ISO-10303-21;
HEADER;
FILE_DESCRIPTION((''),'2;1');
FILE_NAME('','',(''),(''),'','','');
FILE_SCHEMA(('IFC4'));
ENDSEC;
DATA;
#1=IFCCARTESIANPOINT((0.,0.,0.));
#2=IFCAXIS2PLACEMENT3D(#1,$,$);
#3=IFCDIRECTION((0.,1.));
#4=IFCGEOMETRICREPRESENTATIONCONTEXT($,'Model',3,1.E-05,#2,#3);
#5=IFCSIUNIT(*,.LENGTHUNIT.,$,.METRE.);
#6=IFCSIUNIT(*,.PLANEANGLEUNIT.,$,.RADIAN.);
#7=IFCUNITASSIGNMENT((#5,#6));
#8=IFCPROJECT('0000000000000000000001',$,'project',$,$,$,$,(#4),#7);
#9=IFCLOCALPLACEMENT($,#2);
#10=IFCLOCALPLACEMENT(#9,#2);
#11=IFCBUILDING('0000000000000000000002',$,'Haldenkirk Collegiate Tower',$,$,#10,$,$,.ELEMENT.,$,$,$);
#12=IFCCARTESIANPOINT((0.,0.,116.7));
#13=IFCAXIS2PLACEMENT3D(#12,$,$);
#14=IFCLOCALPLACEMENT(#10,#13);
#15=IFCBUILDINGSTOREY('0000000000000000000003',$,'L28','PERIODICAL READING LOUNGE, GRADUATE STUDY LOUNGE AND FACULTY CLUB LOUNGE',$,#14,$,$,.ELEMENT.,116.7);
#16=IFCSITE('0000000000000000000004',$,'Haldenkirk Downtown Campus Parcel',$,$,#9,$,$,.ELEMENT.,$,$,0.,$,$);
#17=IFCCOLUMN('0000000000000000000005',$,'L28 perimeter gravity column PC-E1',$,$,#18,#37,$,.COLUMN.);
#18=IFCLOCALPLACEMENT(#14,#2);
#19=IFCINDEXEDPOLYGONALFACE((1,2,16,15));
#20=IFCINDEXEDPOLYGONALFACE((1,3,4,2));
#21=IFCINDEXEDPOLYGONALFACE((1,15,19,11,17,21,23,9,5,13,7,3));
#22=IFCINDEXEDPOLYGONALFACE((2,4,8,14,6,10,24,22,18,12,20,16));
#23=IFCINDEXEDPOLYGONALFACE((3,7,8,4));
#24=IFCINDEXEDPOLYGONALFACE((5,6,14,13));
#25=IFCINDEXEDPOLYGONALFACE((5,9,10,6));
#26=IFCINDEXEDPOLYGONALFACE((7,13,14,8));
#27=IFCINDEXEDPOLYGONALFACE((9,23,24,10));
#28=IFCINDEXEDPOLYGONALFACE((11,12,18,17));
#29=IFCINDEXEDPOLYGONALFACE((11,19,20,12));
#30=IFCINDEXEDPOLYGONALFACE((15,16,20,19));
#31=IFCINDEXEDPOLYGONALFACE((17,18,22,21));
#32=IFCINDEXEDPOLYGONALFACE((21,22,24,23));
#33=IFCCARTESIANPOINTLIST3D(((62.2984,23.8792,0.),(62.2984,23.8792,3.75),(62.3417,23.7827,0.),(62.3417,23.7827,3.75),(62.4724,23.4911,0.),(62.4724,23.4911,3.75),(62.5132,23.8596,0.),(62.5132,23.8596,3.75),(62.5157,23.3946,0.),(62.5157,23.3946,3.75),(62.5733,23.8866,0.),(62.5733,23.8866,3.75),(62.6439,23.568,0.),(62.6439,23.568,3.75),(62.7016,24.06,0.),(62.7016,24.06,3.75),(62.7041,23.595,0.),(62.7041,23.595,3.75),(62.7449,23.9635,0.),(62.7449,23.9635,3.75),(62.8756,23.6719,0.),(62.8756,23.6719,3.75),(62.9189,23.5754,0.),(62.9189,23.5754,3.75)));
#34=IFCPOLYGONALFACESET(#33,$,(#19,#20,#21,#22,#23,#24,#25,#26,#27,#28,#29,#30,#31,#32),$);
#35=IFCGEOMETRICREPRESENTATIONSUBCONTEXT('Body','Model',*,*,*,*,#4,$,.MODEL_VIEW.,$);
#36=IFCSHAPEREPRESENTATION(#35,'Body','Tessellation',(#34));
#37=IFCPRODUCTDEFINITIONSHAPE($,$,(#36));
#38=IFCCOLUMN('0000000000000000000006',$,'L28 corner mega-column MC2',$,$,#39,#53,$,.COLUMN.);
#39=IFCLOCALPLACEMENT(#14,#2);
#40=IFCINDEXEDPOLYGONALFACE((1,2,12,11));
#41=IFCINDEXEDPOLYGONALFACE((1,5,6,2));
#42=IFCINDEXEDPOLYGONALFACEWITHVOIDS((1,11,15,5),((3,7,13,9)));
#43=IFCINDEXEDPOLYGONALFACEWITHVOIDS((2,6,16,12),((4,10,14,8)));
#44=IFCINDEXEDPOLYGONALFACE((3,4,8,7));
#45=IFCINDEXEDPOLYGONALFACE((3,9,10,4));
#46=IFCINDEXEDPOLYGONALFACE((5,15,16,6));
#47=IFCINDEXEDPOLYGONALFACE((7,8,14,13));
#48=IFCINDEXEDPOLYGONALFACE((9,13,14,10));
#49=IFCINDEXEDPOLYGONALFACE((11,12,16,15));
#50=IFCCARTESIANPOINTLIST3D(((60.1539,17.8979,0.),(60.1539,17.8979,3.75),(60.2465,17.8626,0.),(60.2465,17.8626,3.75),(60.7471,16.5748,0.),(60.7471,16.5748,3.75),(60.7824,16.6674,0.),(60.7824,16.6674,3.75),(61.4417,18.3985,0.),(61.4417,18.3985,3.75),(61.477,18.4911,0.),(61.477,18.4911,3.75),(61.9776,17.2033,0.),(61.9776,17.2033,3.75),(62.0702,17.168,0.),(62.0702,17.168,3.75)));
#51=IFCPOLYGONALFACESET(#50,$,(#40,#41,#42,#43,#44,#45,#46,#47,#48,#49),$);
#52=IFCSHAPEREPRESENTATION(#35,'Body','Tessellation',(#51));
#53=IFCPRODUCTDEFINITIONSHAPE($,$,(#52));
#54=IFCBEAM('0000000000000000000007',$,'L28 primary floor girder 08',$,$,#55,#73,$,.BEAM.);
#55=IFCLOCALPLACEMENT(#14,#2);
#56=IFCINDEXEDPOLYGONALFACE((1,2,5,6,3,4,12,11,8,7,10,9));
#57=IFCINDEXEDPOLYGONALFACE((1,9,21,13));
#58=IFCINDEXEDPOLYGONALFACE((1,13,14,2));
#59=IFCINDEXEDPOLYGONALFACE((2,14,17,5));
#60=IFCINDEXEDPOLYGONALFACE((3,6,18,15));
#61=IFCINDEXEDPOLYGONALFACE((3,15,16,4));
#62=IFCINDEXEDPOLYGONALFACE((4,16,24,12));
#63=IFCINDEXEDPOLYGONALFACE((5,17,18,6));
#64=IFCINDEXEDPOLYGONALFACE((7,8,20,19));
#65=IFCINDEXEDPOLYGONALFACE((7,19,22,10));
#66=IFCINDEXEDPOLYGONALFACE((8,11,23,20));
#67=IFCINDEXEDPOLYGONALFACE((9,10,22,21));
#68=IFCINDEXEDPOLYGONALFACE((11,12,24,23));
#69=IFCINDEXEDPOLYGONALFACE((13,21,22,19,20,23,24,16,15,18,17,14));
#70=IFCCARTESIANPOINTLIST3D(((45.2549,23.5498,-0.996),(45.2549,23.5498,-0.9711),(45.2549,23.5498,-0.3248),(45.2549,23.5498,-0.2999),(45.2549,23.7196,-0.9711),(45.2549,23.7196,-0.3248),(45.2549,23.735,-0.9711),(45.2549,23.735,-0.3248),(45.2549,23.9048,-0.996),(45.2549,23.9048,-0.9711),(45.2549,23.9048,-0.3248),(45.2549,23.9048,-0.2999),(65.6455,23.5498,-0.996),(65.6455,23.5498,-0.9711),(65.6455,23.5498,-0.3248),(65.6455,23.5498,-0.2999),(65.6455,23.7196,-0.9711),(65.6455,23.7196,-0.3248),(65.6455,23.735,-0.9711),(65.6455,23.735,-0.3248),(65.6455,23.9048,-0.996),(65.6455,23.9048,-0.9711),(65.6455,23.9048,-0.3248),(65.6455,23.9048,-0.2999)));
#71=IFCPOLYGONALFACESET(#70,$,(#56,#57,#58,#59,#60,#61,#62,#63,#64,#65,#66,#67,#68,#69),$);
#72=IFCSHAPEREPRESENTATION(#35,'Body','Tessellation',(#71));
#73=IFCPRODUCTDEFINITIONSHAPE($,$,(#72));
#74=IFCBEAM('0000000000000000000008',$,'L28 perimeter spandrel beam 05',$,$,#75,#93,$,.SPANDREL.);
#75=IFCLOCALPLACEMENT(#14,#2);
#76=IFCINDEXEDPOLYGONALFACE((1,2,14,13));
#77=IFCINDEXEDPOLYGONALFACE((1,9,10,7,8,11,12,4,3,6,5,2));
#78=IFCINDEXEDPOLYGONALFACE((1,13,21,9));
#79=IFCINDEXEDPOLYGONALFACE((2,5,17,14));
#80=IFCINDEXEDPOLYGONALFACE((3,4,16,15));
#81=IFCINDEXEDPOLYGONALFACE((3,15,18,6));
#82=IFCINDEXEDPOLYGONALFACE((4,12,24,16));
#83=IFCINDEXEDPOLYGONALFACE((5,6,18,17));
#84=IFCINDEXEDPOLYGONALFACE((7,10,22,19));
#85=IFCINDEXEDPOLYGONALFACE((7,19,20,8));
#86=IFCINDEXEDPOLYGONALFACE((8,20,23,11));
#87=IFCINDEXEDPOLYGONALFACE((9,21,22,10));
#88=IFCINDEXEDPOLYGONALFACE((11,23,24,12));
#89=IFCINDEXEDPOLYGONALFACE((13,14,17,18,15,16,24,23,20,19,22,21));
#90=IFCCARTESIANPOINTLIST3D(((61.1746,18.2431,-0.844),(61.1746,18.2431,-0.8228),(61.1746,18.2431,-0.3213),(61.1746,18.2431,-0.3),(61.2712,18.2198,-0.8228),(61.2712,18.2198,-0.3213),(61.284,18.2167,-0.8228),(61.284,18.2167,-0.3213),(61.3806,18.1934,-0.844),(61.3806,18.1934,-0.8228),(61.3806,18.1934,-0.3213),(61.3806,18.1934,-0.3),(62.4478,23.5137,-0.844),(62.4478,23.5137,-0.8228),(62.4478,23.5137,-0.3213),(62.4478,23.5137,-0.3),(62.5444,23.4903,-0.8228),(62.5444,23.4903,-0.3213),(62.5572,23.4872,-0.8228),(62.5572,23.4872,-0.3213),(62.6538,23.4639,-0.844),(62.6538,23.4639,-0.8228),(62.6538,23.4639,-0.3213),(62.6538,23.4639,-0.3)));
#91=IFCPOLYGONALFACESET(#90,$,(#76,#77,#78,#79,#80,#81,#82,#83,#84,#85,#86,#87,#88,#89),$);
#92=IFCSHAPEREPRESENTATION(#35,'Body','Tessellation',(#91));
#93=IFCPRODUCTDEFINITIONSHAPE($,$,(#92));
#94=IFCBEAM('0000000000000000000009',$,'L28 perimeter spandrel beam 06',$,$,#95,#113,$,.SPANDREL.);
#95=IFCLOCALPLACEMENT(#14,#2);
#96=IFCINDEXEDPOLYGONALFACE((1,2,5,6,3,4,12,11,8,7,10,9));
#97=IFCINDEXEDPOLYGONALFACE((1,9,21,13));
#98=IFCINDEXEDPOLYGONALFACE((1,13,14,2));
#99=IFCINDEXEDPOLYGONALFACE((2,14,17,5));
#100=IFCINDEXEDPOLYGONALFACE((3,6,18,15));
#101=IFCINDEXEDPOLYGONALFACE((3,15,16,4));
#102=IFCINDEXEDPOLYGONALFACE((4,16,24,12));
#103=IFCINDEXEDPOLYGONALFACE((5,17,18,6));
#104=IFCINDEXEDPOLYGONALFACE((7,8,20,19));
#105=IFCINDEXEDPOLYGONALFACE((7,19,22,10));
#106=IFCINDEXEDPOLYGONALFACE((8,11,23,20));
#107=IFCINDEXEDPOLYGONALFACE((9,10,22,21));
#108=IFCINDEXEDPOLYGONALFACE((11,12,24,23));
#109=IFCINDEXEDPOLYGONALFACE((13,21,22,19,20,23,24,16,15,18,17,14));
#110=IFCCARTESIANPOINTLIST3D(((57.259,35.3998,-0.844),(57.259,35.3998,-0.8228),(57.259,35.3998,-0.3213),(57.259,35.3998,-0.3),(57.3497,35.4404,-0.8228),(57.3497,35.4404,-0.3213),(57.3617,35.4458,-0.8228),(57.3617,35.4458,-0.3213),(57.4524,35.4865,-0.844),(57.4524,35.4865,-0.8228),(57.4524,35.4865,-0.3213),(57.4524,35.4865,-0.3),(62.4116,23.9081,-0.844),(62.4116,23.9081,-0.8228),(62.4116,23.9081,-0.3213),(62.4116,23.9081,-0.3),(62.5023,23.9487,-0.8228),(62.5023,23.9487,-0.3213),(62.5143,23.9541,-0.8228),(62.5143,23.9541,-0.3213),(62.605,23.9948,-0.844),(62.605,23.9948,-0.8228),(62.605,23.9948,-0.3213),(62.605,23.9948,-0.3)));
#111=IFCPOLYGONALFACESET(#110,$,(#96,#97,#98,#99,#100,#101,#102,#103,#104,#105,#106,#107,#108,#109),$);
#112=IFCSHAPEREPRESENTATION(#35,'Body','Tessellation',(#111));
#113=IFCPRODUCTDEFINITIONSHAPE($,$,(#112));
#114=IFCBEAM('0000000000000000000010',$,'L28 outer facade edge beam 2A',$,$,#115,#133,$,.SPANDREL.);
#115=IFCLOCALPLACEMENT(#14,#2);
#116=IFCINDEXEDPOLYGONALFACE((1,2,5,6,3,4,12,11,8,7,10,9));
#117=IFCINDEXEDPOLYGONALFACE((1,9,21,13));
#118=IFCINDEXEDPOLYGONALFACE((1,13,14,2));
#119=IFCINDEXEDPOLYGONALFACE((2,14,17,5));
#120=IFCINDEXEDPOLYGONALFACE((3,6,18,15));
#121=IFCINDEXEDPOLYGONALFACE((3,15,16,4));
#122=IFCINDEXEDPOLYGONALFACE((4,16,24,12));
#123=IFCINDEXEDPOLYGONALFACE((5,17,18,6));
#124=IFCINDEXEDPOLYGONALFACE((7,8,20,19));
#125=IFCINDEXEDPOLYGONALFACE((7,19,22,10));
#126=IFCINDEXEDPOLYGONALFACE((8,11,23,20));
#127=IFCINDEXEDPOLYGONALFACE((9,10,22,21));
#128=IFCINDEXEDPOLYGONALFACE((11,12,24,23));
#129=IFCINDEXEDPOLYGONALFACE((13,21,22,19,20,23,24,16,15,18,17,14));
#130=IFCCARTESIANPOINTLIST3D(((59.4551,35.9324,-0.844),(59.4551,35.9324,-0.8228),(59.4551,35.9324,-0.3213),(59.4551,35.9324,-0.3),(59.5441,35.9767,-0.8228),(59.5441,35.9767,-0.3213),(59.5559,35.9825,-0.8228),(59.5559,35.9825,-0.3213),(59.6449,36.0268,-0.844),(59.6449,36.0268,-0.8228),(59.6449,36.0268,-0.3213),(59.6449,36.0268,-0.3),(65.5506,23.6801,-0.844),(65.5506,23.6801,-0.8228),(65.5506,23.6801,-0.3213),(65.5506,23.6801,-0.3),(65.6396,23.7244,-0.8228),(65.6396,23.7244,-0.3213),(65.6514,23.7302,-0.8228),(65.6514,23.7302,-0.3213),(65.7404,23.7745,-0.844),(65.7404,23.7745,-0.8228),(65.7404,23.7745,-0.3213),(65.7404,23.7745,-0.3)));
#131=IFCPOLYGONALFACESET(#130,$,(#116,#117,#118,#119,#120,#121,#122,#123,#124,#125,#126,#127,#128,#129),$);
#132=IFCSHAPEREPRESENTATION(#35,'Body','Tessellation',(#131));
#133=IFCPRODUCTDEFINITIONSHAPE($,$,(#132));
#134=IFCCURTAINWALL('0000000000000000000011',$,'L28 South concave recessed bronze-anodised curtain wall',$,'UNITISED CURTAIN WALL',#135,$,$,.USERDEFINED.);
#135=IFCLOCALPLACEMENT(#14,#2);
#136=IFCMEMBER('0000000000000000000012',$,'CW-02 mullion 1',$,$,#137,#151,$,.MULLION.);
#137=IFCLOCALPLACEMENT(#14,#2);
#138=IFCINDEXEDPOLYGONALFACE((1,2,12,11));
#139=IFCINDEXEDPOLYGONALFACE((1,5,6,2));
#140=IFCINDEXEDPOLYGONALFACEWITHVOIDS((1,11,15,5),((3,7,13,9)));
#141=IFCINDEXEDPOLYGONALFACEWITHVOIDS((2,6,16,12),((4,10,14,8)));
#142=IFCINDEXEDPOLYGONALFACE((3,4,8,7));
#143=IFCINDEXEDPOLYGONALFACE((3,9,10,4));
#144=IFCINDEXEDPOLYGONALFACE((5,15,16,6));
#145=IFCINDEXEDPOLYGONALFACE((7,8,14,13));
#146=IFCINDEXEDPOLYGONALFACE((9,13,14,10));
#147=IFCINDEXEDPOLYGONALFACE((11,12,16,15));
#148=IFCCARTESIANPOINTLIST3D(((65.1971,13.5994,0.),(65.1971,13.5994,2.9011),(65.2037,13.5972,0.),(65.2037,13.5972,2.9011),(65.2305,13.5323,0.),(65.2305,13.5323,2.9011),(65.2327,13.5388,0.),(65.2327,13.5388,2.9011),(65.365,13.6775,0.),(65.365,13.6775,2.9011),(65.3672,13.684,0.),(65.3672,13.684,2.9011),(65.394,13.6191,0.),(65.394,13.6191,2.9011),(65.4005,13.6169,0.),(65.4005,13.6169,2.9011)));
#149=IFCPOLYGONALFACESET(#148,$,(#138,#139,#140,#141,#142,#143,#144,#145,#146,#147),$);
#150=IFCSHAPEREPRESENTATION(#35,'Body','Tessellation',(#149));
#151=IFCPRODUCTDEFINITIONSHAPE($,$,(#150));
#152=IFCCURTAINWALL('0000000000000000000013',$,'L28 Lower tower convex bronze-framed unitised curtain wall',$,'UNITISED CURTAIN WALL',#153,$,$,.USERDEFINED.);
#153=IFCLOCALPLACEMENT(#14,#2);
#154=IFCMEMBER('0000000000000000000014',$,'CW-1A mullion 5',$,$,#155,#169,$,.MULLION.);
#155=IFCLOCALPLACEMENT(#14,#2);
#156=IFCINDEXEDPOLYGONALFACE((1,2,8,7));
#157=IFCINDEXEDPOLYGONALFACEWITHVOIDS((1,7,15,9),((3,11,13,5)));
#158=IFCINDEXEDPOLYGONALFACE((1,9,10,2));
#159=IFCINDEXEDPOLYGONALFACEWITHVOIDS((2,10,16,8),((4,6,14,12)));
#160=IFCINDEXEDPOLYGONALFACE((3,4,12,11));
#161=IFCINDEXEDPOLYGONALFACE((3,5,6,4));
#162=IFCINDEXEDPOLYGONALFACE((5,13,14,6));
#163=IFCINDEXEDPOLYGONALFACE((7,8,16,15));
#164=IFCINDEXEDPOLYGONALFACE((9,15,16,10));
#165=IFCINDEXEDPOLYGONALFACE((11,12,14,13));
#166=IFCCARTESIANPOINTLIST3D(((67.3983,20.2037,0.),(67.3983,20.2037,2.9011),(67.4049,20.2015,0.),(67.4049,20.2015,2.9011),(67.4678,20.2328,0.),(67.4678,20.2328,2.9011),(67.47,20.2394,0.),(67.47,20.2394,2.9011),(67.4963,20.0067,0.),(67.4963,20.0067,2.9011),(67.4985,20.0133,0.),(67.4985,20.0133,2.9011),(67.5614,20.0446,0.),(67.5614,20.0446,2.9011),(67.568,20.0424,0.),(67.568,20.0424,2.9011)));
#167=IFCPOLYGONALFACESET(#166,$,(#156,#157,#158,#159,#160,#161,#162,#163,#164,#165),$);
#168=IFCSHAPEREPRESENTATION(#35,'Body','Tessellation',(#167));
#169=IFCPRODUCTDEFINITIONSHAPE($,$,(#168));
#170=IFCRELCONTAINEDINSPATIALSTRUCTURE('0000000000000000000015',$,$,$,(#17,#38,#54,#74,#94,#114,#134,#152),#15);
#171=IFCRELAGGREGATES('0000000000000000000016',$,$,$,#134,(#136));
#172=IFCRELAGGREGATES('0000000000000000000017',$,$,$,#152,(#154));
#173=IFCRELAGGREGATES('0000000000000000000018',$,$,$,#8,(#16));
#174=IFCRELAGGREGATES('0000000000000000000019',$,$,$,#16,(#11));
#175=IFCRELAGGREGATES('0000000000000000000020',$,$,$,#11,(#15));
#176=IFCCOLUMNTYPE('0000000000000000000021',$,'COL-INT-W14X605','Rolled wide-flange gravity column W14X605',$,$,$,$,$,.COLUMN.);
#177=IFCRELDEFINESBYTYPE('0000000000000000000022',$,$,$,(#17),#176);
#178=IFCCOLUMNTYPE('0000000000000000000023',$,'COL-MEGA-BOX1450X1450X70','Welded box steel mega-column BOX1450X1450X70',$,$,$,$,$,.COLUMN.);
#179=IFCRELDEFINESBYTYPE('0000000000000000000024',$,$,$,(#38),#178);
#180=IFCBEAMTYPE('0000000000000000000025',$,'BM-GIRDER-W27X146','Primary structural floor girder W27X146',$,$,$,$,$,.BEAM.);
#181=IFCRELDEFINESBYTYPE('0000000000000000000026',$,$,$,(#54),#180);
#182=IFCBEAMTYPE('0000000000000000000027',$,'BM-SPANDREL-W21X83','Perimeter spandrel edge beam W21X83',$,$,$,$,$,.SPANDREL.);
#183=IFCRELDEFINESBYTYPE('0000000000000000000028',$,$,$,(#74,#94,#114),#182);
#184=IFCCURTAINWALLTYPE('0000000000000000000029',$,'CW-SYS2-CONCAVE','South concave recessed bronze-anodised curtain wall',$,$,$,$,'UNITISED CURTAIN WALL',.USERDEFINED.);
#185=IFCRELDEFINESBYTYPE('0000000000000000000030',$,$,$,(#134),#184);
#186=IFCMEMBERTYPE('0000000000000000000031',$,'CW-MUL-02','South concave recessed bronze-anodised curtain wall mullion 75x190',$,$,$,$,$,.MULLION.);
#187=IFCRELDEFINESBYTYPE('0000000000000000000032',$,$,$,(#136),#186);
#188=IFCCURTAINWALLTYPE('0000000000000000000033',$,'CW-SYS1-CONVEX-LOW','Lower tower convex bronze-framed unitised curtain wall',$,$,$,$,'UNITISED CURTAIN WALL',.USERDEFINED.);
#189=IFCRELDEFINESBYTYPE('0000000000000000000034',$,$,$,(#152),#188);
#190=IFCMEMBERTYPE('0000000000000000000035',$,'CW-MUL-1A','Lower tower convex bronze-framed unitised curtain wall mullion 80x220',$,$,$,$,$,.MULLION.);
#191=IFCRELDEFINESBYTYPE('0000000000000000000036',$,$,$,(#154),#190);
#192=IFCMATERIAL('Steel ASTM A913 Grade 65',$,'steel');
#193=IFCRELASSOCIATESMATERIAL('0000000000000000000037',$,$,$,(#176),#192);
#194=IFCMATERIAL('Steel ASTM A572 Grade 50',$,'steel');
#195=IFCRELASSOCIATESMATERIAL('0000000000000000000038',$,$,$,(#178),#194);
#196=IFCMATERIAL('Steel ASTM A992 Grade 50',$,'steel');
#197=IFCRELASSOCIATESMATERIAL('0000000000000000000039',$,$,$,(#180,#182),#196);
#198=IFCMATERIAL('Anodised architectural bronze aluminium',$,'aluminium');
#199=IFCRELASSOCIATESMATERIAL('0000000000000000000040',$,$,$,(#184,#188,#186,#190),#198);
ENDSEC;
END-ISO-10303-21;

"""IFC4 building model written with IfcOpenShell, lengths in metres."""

from ifc_helpers import new_model, si_unit, direction, frame, origin, origin_2d, place, context, subcontext, project, spatial, hollow_rectangle, i_section, extrude, material, material_profile, profile_set, type_object, element, aggregate, save


model = new_model("IFC4")

# Units and contexts
model_context = context("Model", 3, precision=1e-05, world=origin(), true_north=direction((0.0, 1.0)))
body_context = subcontext(model_context, "Body", "Model", "MODEL_VIEW")
ifc_project = project(units=[si_unit("LENGTHUNIT", "METRE"), si_unit("PLANEANGLEUNIT", "RADIAN")], contexts=[model_context])

# Site, building, storey
site_placement = place(None, origin())
site = spatial("IfcSite", under=ifc_project, at=site_placement, Name="Haldenkirk Downtown Campus Parcel", CompositionType="ELEMENT", RefElevation=0.0)
building_placement = place(site_placement, origin())
building = spatial("IfcBuilding", under=site, at=building_placement, Name="Haldenkirk Collegiate Tower", CompositionType="ELEMENT")
storey_placement = place(building_placement, frame((0.0, 0.0, 116.7)))
storey = spatial("IfcBuildingStorey", under=building, at=storey_placement, Name="L28", Description="PERIODICAL READING LOUNGE, GRADUATE STUDY LOUNGE AND FACULTY CLUB LOUNGE", CompositionType="ELEMENT", Elevation=116.7)

# Columns
ifc_material_1 = material(Name="Steel ASTM A913 Grade 65", Category="steel")
ifc_material_profile_1 = material_profile(ifc_material_1, i_section(OverallWidth=0.4419, OverallDepth=0.531, WebThickness=0.0659, FlangeThickness=0.1057, at=origin_2d()), Name="W14X605")
ifc_profile_set_1 = profile_set([ifc_material_profile_1], Name="Steel ASTM A913 Grade 65")
column_type_1 = type_object("IfcColumnType", Name="COL-INT-W14X605", Description="Rolled wide-flange gravity column W14X605", PredefinedType="COLUMN", material=ifc_profile_set_1)
column_1_placement = place(storey_placement, frame((62.6086, 23.7273, 0.0), z_axis=(0.0, 0.0, 1.0), x_axis=(0.912477, 0.409127, 0.0)))
element("IfcColumn", 1, at=column_1_placement, inside=storey, type_object=column_type_1, Name="L28 perimeter gravity column PC-E1", PredefinedType="COLUMN", context=body_context, shape_type="SweptSolid", body=[
    extrude(i_section(OverallWidth=0.4419, OverallDepth=0.531, WebThickness=0.0659, FlangeThickness=0.1057, at=origin_2d()), origin(), (0.0, 0.0, 1.0), 3.75),
])
ifc_material_2 = material(Name="Steel ASTM A572 Grade 50", Category="steel")
ifc_material_profile_2 = material_profile(ifc_material_2, hollow_rectangle(XDim=1.45, YDim=1.45, WallThickness=0.0701, at=origin_2d()), Name="BOX1450X1450X70")
ifc_profile_set_2 = profile_set([ifc_material_profile_2], Name="Steel ASTM A572 Grade 50")
column_type_2 = type_object("IfcColumnType", Name="COL-MEGA-BOX1450X1450X70", Description="Welded box steel mega-column BOX1450X1450X70", PredefinedType="COLUMN", material=ifc_profile_set_2)
column_2_placement = place(storey_placement, frame((61.1121, 17.533, 0.0), z_axis=(0.0, 0.0, 1.0), x_axis=(0.912477, 0.409127, 0.0)))
element("IfcColumn", 2, at=column_2_placement, inside=storey, type_object=column_type_2, Name="L28 corner mega-column MC2", PredefinedType="COLUMN", context=body_context, shape_type="SweptSolid", body=[
    extrude(hollow_rectangle(XDim=1.45, YDim=1.45, WallThickness=0.0701, at=origin_2d()), origin(), (0.0, 0.0, 1.0), 3.75),
])

# Beams
ifc_material_3 = material(Name="Steel ASTM A992 Grade 50", Category="steel")
ifc_material_profile_3 = material_profile(ifc_material_3, i_section(OverallWidth=0.355, OverallDepth=0.696, WebThickness=0.0154, FlangeThickness=0.0249, at=origin_2d()), Name="W27X146")
ifc_profile_set_3 = profile_set([ifc_material_profile_3], Name="Steel ASTM A992 Grade 50")
beam_type_1 = type_object("IfcBeamType", Name="BM-GIRDER-W27X146", Description="Primary structural floor girder W27X146", PredefinedType="BEAM", material=ifc_profile_set_3)
beam_1_placement = place(storey_placement, frame((65.6455, 23.7273, -0.6479), z_axis=(-1.0, 0.0, 0.0), x_axis=(0.0, -1.0, 0.0)))
element("IfcBeam", 3, at=beam_1_placement, inside=storey, type_object=beam_type_1, Name="L28 primary floor girder 08", PredefinedType="BEAM", context=body_context, shape_type="SweptSolid", body=[
    extrude(i_section(OverallWidth=0.355, OverallDepth=0.696, WebThickness=0.0154, FlangeThickness=0.0249, at=origin_2d()), origin(), (0.0, 0.0, 1.0), 20.3906),
])
ifc_material_profile_4 = material_profile(ifc_material_3, i_section(OverallWidth=0.2119, OverallDepth=0.5439, WebThickness=0.0132, FlangeThickness=0.0212, at=origin_2d()), Name="W21X83")
ifc_profile_set_4 = profile_set([ifc_material_profile_4], Name="Steel ASTM A992 Grade 50")
beam_type_2 = type_object("IfcBeamType", Name="BM-SPANDREL-W21X83", Description="Perimeter spandrel edge beam W21X83", PredefinedType="SPANDREL", material=ifc_profile_set_4)
beam_2_placement = place(storey_placement, frame((61.2776, 18.2183, -0.572), z_axis=(0.234815, 0.97204, 0.0), x_axis=(-0.97204, 0.234815, 0.0)))
element("IfcBeam", 4, at=beam_2_placement, inside=storey, type_object=beam_type_2, Name="L28 perimeter spandrel beam 05", PredefinedType="SPANDREL", context=body_context, shape_type="SweptSolid", body=[
    extrude(i_section(OverallWidth=0.2119, OverallDepth=0.5439, WebThickness=0.0132, FlangeThickness=0.0212, at=origin_2d()), origin(), (0.0, 0.0, 1.0), 5.4221),
])
beam_3_placement = place(storey_placement, frame((62.5083, 23.9514, -0.572), z_axis=(-0.409131, 0.912476, 0.0), x_axis=(-0.912476, -0.409131, 0.0)))
element("IfcBeam", 5, at=beam_3_placement, inside=storey, type_object=beam_type_2, Name="L28 perimeter spandrel beam 06", PredefinedType="SPANDREL", context=body_context, shape_type="SweptSolid", body=[
    extrude(i_section(OverallWidth=0.2119, OverallDepth=0.5439, WebThickness=0.0132, FlangeThickness=0.0212, at=origin_2d()), origin(), (0.0, 0.0, 1.0), 12.594),
])
beam_4_placement = place(storey_placement, frame((65.6455, 23.7273, -0.572), z_axis=(-0.445422, 0.895321, 0.0), x_axis=(-0.895321, -0.445422, 0.0)))
element("IfcBeam", 6, at=beam_4_placement, inside=storey, type_object=beam_type_2, Name="L28 outer facade edge beam 2A", PredefinedType="SPANDREL", context=body_context, shape_type="SweptSolid", body=[
    extrude(i_section(OverallWidth=0.2119, OverallDepth=0.5439, WebThickness=0.0132, FlangeThickness=0.0212, at=origin_2d()), origin(), (0.0, 0.0, 1.0), 13.6848),
])

# Curtain walls, members
ifc_material_4 = material(Name="Anodised architectural bronze aluminium", Category="aluminium")
curtain_wall_type_1 = type_object("IfcCurtainWallType", Name="CW-SYS2-CONCAVE", Description="South concave recessed bronze-anodised curtain wall", ElementType="UNITISED CURTAIN WALL", PredefinedType="USERDEFINED", material=ifc_material_4)
curtain_wall_1_placement = place(storey_placement, origin())
curtain_wall_1 = element("IfcCurtainWall", 7, at=curtain_wall_1_placement, inside=storey, type_object=curtain_wall_type_1, Name="L28 South concave recessed bronze-anodised curtain wall", ObjectType="UNITISED CURTAIN WALL", PredefinedType="USERDEFINED")
ifc_material_profile_5 = material_profile(ifc_material_4, hollow_rectangle(XDim=0.075, YDim=0.1899, WallThickness=0.0049, at=origin_2d()), Name="CW-MUL-02")
ifc_profile_set_5 = profile_set([ifc_material_profile_5], Name="Anodised architectural bronze aluminium")
member_type_1 = type_object("IfcMemberType", Name="CW-MUL-02", Description="South concave recessed bronze-anodised curtain wall mullion 75x190", PredefinedType="MULLION", material=ifc_profile_set_5)
member_1_placement = place(storey_placement, frame((65.2988, 13.6082, 0.0), z_axis=(0.0, 0.0, 1.0), x_axis=(0.445415, -0.895324, 0.0)))
member_1 = element("IfcMember", 8, at=member_1_placement, type_object=member_type_1, Name="CW-02 mullion 1", PredefinedType="MULLION", context=body_context, shape_type="SweptSolid", body=[
    extrude(hollow_rectangle(XDim=0.075, YDim=0.1899, WallThickness=0.0049, at=origin_2d()), origin(), (0.0, 0.0, 1.0), 2.9011),
])
curtain_wall_type_2 = type_object("IfcCurtainWallType", Name="CW-SYS1-CONVEX-LOW", Description="Lower tower convex bronze-framed unitised curtain wall", ElementType="UNITISED CURTAIN WALL", PredefinedType="USERDEFINED", material=ifc_material_4)
curtain_wall_2_placement = place(storey_placement, origin())
curtain_wall_2 = element("IfcCurtainWall", 9, at=curtain_wall_2_placement, inside=storey, type_object=curtain_wall_type_2, Name="L28 Lower tower convex bronze-framed unitised curtain wall", ObjectType="UNITISED CURTAIN WALL", PredefinedType="USERDEFINED")
ifc_material_profile_6 = material_profile(ifc_material_4, hollow_rectangle(XDim=0.0801, YDim=0.22, WallThickness=0.0049, at=origin_2d()), Name="CW-MUL-1A")
ifc_profile_set_6 = profile_set([ifc_material_profile_6], Name="Anodised architectural bronze aluminium")
member_type_2 = type_object("IfcMemberType", Name="CW-MUL-1A", Description="Lower tower convex bronze-framed unitised curtain wall mullion 80x220", PredefinedType="MULLION", material=ifc_profile_set_6)
member_2_placement = place(storey_placement, frame((67.4832, 20.123, 0.0), z_axis=(0.0, 0.0, 1.0), x_axis=(0.895324, 0.445416, 0.0)))
member_2 = element("IfcMember", 10, at=member_2_placement, type_object=member_type_2, Name="CW-1A mullion 5", PredefinedType="MULLION", context=body_context, shape_type="SweptSolid", body=[
    extrude(hollow_rectangle(XDim=0.0801, YDim=0.22, WallThickness=0.0049, at=origin_2d()), origin(), (0.0, 0.0, 1.0), 2.9011),
])

aggregate(curtain_wall_1, [member_1])
aggregate(curtain_wall_2, [member_2])

save(model, "model.ifc")
